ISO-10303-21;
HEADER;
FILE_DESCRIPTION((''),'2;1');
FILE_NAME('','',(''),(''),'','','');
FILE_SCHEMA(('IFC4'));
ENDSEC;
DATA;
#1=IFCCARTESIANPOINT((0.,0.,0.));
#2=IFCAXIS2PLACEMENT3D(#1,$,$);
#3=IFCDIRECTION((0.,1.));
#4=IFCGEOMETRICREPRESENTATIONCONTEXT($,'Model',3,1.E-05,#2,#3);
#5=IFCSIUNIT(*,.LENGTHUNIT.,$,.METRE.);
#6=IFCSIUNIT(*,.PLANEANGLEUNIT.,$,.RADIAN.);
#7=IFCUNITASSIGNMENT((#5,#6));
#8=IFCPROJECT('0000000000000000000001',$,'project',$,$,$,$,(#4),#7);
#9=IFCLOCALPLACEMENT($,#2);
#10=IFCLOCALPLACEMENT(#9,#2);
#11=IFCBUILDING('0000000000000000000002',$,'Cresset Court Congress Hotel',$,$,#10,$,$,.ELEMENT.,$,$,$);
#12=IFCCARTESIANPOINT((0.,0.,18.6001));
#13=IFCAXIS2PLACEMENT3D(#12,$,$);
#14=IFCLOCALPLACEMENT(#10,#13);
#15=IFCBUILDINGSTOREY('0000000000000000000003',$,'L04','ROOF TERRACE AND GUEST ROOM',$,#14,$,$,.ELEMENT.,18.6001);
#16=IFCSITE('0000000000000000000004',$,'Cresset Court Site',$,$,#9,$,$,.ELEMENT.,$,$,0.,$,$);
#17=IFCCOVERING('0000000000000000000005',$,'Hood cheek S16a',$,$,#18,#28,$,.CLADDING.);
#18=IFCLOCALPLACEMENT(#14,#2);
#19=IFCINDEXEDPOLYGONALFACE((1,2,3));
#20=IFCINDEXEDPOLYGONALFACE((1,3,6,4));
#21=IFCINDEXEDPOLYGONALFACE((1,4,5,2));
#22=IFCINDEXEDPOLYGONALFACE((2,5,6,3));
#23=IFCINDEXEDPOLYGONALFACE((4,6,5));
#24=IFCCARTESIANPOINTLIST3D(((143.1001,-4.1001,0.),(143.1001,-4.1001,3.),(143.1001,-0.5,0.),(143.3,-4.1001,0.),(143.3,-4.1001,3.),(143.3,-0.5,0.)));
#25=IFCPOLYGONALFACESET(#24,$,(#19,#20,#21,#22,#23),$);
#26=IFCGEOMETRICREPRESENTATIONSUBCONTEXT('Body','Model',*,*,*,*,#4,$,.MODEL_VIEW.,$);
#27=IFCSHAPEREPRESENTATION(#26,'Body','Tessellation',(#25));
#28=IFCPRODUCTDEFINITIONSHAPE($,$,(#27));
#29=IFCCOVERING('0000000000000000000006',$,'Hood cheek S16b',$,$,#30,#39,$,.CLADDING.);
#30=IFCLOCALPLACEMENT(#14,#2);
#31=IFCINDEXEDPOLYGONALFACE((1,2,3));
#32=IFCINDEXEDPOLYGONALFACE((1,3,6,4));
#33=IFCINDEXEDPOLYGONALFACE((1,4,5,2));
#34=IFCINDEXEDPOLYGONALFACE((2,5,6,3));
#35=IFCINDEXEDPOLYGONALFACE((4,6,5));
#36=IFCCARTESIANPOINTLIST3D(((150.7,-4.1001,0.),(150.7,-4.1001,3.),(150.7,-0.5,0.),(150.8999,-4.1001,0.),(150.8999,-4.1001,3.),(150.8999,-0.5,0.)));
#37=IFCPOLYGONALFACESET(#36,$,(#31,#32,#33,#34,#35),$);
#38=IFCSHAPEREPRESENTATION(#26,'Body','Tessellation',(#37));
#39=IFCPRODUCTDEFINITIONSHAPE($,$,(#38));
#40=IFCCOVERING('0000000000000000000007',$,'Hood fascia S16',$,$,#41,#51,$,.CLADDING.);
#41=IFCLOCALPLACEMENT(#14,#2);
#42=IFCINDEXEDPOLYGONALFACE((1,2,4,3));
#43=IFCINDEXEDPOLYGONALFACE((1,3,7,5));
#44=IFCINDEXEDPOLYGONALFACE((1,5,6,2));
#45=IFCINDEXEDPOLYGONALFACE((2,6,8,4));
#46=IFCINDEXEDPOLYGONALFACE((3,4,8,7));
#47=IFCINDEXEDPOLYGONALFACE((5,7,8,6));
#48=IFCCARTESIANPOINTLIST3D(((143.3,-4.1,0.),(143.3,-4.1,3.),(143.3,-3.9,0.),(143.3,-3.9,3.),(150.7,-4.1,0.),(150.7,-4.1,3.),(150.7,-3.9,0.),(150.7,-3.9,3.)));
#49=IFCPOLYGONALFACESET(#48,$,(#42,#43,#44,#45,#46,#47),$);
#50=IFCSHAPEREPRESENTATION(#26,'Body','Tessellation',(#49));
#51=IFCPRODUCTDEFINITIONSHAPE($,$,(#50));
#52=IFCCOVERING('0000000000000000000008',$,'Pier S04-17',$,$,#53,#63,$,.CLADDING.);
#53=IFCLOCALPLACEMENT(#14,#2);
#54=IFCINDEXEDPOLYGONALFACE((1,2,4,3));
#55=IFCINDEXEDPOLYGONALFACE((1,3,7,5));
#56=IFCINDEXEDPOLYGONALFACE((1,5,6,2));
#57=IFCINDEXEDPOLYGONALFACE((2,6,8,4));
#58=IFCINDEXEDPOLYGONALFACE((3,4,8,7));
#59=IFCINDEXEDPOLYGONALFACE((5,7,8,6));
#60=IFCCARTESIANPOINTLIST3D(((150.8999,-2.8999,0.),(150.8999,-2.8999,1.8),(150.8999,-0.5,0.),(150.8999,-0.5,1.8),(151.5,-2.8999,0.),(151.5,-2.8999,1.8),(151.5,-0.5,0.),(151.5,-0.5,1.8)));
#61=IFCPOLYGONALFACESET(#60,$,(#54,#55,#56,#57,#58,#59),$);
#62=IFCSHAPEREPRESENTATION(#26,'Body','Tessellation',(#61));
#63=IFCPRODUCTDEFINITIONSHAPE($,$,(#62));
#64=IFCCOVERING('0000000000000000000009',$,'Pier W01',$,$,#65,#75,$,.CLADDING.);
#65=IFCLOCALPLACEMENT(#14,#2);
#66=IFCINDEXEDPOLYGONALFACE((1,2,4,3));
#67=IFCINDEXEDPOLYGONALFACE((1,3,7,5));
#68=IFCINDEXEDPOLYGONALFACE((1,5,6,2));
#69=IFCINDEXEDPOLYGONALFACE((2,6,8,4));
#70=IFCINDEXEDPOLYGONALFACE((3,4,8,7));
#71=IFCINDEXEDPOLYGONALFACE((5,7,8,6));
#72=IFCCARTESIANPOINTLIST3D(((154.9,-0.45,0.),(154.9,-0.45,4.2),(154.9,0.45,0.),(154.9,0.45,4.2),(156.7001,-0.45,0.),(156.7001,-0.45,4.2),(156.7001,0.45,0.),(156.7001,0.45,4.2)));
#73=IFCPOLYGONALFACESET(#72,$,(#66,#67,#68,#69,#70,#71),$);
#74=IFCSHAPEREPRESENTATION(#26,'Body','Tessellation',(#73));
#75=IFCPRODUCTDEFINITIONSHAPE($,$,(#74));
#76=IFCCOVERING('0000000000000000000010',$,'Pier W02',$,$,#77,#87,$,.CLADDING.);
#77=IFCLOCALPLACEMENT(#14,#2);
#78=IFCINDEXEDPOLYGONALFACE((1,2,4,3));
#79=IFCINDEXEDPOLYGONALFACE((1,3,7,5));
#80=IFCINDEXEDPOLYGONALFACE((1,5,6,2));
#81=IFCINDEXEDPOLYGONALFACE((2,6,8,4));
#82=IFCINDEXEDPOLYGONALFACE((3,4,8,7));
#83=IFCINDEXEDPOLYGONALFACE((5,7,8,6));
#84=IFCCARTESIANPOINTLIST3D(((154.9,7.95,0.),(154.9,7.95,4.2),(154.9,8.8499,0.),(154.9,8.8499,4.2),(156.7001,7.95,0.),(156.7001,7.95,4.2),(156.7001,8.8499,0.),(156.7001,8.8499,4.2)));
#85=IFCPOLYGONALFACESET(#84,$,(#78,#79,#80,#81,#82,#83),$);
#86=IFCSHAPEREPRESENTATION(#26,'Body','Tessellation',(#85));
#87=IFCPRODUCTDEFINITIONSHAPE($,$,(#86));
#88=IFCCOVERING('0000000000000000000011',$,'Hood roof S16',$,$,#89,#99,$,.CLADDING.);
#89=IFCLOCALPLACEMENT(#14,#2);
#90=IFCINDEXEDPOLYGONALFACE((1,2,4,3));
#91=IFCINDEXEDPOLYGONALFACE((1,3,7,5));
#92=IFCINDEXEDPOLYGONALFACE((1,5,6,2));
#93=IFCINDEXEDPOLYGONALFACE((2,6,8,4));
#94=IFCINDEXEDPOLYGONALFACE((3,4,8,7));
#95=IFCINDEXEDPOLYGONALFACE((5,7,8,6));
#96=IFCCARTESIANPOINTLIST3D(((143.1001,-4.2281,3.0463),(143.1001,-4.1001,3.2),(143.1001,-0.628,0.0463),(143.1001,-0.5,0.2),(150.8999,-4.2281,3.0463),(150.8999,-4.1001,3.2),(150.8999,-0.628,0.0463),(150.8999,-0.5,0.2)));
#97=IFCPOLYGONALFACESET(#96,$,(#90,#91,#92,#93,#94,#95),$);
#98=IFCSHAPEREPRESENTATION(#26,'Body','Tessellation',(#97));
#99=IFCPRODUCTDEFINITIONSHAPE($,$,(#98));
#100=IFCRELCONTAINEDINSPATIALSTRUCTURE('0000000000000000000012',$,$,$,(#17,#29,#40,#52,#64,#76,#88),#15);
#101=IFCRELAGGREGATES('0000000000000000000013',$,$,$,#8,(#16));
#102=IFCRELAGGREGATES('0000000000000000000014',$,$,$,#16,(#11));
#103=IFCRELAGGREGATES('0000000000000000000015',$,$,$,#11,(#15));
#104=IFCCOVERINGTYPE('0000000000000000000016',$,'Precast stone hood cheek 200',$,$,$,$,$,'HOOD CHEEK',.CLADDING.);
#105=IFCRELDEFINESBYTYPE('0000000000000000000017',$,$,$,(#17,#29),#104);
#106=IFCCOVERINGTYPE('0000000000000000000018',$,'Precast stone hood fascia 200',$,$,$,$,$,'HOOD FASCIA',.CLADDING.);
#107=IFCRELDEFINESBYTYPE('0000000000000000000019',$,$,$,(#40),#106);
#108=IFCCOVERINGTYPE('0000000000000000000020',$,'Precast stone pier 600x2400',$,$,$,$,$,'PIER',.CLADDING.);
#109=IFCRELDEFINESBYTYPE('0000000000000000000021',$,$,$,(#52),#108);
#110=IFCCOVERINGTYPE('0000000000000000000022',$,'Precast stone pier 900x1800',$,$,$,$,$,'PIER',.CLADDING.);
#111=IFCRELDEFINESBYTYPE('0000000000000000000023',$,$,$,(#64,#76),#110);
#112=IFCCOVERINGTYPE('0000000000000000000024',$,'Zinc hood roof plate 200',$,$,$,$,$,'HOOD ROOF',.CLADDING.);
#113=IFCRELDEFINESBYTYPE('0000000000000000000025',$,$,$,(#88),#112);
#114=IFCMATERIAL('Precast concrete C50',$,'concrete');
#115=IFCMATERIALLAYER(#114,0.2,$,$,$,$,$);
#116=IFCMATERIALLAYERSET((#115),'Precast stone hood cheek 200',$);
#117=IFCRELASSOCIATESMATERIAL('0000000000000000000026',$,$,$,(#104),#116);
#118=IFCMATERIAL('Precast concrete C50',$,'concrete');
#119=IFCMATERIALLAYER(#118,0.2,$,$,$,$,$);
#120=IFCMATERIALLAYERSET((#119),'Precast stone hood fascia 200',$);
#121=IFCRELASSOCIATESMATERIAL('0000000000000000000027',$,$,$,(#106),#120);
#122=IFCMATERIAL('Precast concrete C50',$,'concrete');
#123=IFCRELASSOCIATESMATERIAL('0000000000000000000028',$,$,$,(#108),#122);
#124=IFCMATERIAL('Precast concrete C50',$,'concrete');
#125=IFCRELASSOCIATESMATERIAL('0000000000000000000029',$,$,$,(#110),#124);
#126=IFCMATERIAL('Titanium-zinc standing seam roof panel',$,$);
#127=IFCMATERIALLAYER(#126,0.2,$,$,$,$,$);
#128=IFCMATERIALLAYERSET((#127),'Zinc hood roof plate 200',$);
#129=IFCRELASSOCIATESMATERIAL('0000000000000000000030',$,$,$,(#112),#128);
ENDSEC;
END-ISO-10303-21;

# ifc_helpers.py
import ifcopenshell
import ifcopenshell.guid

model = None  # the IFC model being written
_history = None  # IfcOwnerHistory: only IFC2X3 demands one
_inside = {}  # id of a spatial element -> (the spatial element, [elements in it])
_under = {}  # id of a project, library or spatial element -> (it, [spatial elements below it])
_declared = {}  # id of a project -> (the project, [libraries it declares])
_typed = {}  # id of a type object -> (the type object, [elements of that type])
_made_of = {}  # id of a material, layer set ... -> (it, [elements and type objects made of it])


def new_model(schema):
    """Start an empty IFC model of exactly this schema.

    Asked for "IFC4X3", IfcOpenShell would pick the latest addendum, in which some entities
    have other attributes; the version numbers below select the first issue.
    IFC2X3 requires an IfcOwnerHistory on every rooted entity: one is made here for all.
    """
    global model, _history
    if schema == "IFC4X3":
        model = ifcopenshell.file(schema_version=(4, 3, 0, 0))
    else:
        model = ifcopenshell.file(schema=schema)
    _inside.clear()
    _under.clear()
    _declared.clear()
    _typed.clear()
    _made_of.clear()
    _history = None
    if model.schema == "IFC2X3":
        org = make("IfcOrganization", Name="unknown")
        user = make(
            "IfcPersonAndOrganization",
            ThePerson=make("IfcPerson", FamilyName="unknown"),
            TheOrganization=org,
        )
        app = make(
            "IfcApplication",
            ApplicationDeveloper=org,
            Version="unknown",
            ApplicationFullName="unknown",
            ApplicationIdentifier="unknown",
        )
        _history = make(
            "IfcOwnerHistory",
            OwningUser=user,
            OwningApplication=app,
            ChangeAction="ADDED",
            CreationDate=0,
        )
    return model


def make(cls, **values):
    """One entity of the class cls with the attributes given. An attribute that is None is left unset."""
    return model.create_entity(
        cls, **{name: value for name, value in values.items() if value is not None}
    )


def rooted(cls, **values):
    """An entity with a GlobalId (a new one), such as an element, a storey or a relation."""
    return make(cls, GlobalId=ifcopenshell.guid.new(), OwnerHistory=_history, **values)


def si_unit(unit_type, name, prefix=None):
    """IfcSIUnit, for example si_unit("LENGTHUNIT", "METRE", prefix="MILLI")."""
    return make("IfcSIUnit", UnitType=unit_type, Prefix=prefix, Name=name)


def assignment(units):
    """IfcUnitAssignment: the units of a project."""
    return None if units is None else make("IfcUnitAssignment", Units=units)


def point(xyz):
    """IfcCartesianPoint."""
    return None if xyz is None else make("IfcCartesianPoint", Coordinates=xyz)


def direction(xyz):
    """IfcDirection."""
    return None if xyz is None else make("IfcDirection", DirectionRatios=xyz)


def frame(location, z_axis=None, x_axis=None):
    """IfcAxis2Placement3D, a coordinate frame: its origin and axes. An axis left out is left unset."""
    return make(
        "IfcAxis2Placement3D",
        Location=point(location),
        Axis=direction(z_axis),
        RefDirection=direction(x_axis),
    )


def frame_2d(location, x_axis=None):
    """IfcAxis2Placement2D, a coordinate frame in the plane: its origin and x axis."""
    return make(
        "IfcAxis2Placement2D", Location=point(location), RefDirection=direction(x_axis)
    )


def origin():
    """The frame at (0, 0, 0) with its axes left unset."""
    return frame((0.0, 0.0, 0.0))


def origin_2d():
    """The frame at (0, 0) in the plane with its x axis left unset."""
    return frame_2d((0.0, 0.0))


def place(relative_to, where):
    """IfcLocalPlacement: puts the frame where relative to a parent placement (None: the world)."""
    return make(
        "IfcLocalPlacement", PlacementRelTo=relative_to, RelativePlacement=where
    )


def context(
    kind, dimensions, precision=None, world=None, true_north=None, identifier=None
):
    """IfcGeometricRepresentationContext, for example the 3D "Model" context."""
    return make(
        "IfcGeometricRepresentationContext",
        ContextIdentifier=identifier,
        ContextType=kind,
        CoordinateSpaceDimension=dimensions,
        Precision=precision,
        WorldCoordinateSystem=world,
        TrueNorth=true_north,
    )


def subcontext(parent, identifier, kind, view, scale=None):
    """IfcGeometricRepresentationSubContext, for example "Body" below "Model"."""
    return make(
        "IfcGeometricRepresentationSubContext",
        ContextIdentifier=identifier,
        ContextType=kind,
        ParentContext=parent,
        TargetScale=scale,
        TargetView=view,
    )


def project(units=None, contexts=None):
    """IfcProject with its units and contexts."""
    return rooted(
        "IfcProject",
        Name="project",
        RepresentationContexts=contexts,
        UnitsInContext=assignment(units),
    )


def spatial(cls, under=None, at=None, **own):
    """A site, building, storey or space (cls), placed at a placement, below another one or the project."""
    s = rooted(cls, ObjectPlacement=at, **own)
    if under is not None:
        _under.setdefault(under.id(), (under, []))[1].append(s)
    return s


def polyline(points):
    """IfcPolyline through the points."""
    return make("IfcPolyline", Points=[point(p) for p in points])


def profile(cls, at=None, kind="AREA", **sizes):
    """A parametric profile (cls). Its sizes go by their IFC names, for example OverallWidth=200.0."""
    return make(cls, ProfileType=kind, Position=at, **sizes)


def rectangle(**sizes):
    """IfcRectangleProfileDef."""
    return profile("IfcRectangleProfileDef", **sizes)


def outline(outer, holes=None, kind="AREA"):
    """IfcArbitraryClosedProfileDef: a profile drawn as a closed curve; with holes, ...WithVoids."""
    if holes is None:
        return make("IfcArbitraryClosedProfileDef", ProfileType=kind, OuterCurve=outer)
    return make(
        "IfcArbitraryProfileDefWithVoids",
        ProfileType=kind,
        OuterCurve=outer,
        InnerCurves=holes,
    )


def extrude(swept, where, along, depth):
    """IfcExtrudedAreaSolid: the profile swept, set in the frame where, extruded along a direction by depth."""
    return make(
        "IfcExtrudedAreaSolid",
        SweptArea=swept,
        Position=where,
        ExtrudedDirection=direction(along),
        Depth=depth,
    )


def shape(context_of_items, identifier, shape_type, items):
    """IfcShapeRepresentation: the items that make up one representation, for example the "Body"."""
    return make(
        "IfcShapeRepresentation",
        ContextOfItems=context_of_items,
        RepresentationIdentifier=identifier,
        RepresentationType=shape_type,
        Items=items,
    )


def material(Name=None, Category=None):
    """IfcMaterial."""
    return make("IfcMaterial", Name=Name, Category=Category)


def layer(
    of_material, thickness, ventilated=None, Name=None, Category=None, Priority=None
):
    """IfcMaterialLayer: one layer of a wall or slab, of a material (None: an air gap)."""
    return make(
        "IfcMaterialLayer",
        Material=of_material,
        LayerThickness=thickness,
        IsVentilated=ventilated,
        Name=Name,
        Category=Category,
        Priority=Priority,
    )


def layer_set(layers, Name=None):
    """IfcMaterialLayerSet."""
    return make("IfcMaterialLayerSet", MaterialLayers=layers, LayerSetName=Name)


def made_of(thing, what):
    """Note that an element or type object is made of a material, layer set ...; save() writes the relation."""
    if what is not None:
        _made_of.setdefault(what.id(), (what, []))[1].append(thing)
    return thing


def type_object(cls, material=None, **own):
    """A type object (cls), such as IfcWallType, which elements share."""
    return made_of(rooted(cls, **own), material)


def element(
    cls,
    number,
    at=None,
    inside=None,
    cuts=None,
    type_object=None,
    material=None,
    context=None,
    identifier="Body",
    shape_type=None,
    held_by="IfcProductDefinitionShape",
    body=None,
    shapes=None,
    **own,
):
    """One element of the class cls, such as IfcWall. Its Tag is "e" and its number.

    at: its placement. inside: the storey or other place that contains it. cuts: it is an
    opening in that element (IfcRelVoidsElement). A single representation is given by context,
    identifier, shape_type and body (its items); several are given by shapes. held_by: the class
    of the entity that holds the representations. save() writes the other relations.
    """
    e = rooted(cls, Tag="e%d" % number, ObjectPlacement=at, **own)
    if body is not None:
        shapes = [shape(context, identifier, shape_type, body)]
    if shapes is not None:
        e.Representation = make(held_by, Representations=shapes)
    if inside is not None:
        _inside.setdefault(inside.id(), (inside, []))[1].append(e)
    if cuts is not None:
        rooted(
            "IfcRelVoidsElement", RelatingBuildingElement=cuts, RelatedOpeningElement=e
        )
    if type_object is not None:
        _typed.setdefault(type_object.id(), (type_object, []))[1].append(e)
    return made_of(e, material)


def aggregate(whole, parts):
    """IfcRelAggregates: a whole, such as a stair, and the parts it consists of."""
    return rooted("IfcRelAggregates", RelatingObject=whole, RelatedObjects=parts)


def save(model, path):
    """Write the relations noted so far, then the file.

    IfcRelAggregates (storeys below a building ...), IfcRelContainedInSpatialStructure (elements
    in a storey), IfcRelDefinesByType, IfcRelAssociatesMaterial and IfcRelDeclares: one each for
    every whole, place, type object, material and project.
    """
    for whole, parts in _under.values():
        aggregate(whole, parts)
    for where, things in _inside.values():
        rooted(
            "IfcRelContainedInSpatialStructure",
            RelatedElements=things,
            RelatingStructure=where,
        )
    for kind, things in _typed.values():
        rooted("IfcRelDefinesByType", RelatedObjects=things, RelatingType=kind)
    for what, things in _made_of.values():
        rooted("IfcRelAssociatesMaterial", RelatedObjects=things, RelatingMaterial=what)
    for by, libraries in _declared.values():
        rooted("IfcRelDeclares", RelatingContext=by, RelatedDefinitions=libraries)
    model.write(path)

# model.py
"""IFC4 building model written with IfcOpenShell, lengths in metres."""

from ifc_helpers import new_model, si_unit, direction, frame, origin, origin_2d, place, context, subcontext, project, spatial, polyline, rectangle, outline, extrude, material, layer, layer_set, type_object, element, save


model = new_model("IFC4")

# Units and contexts
model_context = context("Model", 3, precision=1e-05, world=origin(), true_north=direction((0.0, 1.0)))
body_context = subcontext(model_context, "Body", "Model", "MODEL_VIEW")
ifc_project = project(units=[si_unit("LENGTHUNIT", "METRE"), si_unit("PLANEANGLEUNIT", "RADIAN")], contexts=[model_context])

# Site, building, storey
site_placement = place(None, origin())
site = spatial("IfcSite", under=ifc_project, at=site_placement, Name="Cresset Court Site", CompositionType="ELEMENT", RefElevation=0.0)
building_placement = place(site_placement, origin())
building = spatial("IfcBuilding", under=site, at=building_placement, Name="Cresset Court Congress Hotel", CompositionType="ELEMENT")
storey_placement = place(building_placement, frame((0.0, 0.0, 18.6001)))
storey = spatial("IfcBuildingStorey", under=building, at=storey_placement, Name="L04", Description="ROOF TERRACE AND GUEST ROOM", CompositionType="ELEMENT", Elevation=18.6001)

# Coverings
ifc_material_1 = material(Name="Precast concrete C50", Category="concrete")
ifc_layer_1 = layer(ifc_material_1, 0.2)
ifc_layer_set_1 = layer_set([ifc_layer_1], Name="Precast stone hood cheek 200")
covering_type_1 = type_object("IfcCoveringType", Name="Precast stone hood cheek 200", ElementType="HOOD CHEEK", PredefinedType="CLADDING", material=ifc_layer_set_1)
for number, where, z_axis, x_axis, name in (
    (1, (143.3, -0.5, 0.0), (1.0, 0.0, 0.0), (0.0, -0.76823, 0.640174), "Hood cheek S16a"),
    (2, (150.8999, -0.5, 0.0), (1.0, 0.0, 0.0), (0.0, -0.76823, 0.640174), "Hood cheek S16b"),
):
    element("IfcCovering", number, at=place(storey_placement, frame(where, z_axis=z_axis, x_axis=x_axis)), inside=storey, type_object=covering_type_1, Name=name, PredefinedType="CLADDING", context=body_context, shape_type="SweptSolid", body=[
        extrude(outline(polyline([(0.0, 0.0), (4.6862, 0.0), (2.7657, 2.3047), (0.0, 0.0)])), origin(), (0.0, 0.0, -1.0), 0.2),
    ])
ifc_material_2 = material(Name="Precast concrete C50", Category="concrete")
ifc_layer_2 = layer(ifc_material_2, 0.2)
ifc_layer_set_2 = layer_set([ifc_layer_2], Name="Precast stone hood fascia 200")
covering_type_2 = type_object("IfcCoveringType", Name="Precast stone hood fascia 200", ElementType="HOOD FASCIA", PredefinedType="CLADDING", material=ifc_layer_set_2)
covering_1_placement = place(storey_placement, frame((147.0, -4.0, 0.0), z_axis=(0.0, 0.0, 1.0), x_axis=(1.0, 0.0, 0.0)))
element("IfcCovering", 3, at=covering_1_placement, inside=storey, type_object=covering_type_2, Name="Hood fascia S16", PredefinedType="CLADDING", context=body_context, shape_type="SweptSolid", body=[
    extrude(rectangle(XDim=7.3999, YDim=0.2, at=origin_2d()), origin(), (0.0, 0.0, 1.0), 3.0),
])
ifc_material_3 = material(Name="Precast concrete C50", Category="concrete")
covering_type_3 = type_object("IfcCoveringType", Name="Precast stone pier 600x2400", ElementType="PIER", PredefinedType="CLADDING", material=ifc_material_3)
covering_2_placement = place(storey_placement, frame((151.2, -1.7, 0.0), z_axis=(0.0, 0.0, 1.0), x_axis=(1.0, 0.0, 0.0)))
element("IfcCovering", 4, at=covering_2_placement, inside=storey, type_object=covering_type_3, Name="Pier S04-17", PredefinedType="CLADDING", context=body_context, shape_type="SweptSolid", body=[
    extrude(rectangle(XDim=0.6001, YDim=2.3999, at=origin_2d()), origin(), (0.0, 0.0, 1.0), 1.8),
])
ifc_material_4 = material(Name="Precast concrete C50", Category="concrete")
covering_type_4 = type_object("IfcCoveringType", Name="Precast stone pier 900x1800", ElementType="PIER", PredefinedType="CLADDING", material=ifc_material_4)
for number, where, z_axis, x_axis, name in (
    (5, (155.8, 0.0, 0.0), (0.0, 0.0, 1.0), (1.0, 0.0, 0.0), "Pier W01"),
    (6, (155.8, 8.3999, 0.0), (0.0, 0.0, 1.0), (1.0, 0.0, 0.0), "Pier W02"),
):
    element("IfcCovering", number, at=place(storey_placement, frame(where, z_axis=z_axis, x_axis=x_axis)), inside=storey, type_object=covering_type_4, Name=name, PredefinedType="CLADDING", context=body_context, shape_type="SweptSolid", body=[
        extrude(rectangle(XDim=1.8, YDim=0.8999, at=origin_2d()), origin(), (0.0, 0.0, 1.0), 4.2),
    ])
ifc_material_5 = material(Name="Titanium-zinc standing seam roof panel")
ifc_layer_3 = layer(ifc_material_5, 0.2)
ifc_layer_set_3 = layer_set([ifc_layer_3], Name="Zinc hood roof plate 200")
covering_type_5 = type_object("IfcCoveringType", Name="Zinc hood roof plate 200", ElementType="HOOD ROOF", PredefinedType="CLADDING", material=ifc_layer_set_3)
covering_3_placement = place(storey_placement, frame((143.1001, -0.5, 0.2), z_axis=(0.0, 0.640174, 0.76823), x_axis=(1.0, 0.0, 0.0)))
element("IfcCovering", 7, at=covering_3_placement, inside=storey, type_object=covering_type_5, Name="Hood roof S16", PredefinedType="CLADDING", context=body_context, shape_type="SweptSolid", body=[
    extrude(outline(polyline([(0.0, 0.0), (7.7998, 0.0), (7.7998, -4.6862), (0.0, -4.6862), (0.0, 0.0)])), origin(), (0.0, 0.0, -1.0), 0.2),
])

save(model, "model.ifc")
